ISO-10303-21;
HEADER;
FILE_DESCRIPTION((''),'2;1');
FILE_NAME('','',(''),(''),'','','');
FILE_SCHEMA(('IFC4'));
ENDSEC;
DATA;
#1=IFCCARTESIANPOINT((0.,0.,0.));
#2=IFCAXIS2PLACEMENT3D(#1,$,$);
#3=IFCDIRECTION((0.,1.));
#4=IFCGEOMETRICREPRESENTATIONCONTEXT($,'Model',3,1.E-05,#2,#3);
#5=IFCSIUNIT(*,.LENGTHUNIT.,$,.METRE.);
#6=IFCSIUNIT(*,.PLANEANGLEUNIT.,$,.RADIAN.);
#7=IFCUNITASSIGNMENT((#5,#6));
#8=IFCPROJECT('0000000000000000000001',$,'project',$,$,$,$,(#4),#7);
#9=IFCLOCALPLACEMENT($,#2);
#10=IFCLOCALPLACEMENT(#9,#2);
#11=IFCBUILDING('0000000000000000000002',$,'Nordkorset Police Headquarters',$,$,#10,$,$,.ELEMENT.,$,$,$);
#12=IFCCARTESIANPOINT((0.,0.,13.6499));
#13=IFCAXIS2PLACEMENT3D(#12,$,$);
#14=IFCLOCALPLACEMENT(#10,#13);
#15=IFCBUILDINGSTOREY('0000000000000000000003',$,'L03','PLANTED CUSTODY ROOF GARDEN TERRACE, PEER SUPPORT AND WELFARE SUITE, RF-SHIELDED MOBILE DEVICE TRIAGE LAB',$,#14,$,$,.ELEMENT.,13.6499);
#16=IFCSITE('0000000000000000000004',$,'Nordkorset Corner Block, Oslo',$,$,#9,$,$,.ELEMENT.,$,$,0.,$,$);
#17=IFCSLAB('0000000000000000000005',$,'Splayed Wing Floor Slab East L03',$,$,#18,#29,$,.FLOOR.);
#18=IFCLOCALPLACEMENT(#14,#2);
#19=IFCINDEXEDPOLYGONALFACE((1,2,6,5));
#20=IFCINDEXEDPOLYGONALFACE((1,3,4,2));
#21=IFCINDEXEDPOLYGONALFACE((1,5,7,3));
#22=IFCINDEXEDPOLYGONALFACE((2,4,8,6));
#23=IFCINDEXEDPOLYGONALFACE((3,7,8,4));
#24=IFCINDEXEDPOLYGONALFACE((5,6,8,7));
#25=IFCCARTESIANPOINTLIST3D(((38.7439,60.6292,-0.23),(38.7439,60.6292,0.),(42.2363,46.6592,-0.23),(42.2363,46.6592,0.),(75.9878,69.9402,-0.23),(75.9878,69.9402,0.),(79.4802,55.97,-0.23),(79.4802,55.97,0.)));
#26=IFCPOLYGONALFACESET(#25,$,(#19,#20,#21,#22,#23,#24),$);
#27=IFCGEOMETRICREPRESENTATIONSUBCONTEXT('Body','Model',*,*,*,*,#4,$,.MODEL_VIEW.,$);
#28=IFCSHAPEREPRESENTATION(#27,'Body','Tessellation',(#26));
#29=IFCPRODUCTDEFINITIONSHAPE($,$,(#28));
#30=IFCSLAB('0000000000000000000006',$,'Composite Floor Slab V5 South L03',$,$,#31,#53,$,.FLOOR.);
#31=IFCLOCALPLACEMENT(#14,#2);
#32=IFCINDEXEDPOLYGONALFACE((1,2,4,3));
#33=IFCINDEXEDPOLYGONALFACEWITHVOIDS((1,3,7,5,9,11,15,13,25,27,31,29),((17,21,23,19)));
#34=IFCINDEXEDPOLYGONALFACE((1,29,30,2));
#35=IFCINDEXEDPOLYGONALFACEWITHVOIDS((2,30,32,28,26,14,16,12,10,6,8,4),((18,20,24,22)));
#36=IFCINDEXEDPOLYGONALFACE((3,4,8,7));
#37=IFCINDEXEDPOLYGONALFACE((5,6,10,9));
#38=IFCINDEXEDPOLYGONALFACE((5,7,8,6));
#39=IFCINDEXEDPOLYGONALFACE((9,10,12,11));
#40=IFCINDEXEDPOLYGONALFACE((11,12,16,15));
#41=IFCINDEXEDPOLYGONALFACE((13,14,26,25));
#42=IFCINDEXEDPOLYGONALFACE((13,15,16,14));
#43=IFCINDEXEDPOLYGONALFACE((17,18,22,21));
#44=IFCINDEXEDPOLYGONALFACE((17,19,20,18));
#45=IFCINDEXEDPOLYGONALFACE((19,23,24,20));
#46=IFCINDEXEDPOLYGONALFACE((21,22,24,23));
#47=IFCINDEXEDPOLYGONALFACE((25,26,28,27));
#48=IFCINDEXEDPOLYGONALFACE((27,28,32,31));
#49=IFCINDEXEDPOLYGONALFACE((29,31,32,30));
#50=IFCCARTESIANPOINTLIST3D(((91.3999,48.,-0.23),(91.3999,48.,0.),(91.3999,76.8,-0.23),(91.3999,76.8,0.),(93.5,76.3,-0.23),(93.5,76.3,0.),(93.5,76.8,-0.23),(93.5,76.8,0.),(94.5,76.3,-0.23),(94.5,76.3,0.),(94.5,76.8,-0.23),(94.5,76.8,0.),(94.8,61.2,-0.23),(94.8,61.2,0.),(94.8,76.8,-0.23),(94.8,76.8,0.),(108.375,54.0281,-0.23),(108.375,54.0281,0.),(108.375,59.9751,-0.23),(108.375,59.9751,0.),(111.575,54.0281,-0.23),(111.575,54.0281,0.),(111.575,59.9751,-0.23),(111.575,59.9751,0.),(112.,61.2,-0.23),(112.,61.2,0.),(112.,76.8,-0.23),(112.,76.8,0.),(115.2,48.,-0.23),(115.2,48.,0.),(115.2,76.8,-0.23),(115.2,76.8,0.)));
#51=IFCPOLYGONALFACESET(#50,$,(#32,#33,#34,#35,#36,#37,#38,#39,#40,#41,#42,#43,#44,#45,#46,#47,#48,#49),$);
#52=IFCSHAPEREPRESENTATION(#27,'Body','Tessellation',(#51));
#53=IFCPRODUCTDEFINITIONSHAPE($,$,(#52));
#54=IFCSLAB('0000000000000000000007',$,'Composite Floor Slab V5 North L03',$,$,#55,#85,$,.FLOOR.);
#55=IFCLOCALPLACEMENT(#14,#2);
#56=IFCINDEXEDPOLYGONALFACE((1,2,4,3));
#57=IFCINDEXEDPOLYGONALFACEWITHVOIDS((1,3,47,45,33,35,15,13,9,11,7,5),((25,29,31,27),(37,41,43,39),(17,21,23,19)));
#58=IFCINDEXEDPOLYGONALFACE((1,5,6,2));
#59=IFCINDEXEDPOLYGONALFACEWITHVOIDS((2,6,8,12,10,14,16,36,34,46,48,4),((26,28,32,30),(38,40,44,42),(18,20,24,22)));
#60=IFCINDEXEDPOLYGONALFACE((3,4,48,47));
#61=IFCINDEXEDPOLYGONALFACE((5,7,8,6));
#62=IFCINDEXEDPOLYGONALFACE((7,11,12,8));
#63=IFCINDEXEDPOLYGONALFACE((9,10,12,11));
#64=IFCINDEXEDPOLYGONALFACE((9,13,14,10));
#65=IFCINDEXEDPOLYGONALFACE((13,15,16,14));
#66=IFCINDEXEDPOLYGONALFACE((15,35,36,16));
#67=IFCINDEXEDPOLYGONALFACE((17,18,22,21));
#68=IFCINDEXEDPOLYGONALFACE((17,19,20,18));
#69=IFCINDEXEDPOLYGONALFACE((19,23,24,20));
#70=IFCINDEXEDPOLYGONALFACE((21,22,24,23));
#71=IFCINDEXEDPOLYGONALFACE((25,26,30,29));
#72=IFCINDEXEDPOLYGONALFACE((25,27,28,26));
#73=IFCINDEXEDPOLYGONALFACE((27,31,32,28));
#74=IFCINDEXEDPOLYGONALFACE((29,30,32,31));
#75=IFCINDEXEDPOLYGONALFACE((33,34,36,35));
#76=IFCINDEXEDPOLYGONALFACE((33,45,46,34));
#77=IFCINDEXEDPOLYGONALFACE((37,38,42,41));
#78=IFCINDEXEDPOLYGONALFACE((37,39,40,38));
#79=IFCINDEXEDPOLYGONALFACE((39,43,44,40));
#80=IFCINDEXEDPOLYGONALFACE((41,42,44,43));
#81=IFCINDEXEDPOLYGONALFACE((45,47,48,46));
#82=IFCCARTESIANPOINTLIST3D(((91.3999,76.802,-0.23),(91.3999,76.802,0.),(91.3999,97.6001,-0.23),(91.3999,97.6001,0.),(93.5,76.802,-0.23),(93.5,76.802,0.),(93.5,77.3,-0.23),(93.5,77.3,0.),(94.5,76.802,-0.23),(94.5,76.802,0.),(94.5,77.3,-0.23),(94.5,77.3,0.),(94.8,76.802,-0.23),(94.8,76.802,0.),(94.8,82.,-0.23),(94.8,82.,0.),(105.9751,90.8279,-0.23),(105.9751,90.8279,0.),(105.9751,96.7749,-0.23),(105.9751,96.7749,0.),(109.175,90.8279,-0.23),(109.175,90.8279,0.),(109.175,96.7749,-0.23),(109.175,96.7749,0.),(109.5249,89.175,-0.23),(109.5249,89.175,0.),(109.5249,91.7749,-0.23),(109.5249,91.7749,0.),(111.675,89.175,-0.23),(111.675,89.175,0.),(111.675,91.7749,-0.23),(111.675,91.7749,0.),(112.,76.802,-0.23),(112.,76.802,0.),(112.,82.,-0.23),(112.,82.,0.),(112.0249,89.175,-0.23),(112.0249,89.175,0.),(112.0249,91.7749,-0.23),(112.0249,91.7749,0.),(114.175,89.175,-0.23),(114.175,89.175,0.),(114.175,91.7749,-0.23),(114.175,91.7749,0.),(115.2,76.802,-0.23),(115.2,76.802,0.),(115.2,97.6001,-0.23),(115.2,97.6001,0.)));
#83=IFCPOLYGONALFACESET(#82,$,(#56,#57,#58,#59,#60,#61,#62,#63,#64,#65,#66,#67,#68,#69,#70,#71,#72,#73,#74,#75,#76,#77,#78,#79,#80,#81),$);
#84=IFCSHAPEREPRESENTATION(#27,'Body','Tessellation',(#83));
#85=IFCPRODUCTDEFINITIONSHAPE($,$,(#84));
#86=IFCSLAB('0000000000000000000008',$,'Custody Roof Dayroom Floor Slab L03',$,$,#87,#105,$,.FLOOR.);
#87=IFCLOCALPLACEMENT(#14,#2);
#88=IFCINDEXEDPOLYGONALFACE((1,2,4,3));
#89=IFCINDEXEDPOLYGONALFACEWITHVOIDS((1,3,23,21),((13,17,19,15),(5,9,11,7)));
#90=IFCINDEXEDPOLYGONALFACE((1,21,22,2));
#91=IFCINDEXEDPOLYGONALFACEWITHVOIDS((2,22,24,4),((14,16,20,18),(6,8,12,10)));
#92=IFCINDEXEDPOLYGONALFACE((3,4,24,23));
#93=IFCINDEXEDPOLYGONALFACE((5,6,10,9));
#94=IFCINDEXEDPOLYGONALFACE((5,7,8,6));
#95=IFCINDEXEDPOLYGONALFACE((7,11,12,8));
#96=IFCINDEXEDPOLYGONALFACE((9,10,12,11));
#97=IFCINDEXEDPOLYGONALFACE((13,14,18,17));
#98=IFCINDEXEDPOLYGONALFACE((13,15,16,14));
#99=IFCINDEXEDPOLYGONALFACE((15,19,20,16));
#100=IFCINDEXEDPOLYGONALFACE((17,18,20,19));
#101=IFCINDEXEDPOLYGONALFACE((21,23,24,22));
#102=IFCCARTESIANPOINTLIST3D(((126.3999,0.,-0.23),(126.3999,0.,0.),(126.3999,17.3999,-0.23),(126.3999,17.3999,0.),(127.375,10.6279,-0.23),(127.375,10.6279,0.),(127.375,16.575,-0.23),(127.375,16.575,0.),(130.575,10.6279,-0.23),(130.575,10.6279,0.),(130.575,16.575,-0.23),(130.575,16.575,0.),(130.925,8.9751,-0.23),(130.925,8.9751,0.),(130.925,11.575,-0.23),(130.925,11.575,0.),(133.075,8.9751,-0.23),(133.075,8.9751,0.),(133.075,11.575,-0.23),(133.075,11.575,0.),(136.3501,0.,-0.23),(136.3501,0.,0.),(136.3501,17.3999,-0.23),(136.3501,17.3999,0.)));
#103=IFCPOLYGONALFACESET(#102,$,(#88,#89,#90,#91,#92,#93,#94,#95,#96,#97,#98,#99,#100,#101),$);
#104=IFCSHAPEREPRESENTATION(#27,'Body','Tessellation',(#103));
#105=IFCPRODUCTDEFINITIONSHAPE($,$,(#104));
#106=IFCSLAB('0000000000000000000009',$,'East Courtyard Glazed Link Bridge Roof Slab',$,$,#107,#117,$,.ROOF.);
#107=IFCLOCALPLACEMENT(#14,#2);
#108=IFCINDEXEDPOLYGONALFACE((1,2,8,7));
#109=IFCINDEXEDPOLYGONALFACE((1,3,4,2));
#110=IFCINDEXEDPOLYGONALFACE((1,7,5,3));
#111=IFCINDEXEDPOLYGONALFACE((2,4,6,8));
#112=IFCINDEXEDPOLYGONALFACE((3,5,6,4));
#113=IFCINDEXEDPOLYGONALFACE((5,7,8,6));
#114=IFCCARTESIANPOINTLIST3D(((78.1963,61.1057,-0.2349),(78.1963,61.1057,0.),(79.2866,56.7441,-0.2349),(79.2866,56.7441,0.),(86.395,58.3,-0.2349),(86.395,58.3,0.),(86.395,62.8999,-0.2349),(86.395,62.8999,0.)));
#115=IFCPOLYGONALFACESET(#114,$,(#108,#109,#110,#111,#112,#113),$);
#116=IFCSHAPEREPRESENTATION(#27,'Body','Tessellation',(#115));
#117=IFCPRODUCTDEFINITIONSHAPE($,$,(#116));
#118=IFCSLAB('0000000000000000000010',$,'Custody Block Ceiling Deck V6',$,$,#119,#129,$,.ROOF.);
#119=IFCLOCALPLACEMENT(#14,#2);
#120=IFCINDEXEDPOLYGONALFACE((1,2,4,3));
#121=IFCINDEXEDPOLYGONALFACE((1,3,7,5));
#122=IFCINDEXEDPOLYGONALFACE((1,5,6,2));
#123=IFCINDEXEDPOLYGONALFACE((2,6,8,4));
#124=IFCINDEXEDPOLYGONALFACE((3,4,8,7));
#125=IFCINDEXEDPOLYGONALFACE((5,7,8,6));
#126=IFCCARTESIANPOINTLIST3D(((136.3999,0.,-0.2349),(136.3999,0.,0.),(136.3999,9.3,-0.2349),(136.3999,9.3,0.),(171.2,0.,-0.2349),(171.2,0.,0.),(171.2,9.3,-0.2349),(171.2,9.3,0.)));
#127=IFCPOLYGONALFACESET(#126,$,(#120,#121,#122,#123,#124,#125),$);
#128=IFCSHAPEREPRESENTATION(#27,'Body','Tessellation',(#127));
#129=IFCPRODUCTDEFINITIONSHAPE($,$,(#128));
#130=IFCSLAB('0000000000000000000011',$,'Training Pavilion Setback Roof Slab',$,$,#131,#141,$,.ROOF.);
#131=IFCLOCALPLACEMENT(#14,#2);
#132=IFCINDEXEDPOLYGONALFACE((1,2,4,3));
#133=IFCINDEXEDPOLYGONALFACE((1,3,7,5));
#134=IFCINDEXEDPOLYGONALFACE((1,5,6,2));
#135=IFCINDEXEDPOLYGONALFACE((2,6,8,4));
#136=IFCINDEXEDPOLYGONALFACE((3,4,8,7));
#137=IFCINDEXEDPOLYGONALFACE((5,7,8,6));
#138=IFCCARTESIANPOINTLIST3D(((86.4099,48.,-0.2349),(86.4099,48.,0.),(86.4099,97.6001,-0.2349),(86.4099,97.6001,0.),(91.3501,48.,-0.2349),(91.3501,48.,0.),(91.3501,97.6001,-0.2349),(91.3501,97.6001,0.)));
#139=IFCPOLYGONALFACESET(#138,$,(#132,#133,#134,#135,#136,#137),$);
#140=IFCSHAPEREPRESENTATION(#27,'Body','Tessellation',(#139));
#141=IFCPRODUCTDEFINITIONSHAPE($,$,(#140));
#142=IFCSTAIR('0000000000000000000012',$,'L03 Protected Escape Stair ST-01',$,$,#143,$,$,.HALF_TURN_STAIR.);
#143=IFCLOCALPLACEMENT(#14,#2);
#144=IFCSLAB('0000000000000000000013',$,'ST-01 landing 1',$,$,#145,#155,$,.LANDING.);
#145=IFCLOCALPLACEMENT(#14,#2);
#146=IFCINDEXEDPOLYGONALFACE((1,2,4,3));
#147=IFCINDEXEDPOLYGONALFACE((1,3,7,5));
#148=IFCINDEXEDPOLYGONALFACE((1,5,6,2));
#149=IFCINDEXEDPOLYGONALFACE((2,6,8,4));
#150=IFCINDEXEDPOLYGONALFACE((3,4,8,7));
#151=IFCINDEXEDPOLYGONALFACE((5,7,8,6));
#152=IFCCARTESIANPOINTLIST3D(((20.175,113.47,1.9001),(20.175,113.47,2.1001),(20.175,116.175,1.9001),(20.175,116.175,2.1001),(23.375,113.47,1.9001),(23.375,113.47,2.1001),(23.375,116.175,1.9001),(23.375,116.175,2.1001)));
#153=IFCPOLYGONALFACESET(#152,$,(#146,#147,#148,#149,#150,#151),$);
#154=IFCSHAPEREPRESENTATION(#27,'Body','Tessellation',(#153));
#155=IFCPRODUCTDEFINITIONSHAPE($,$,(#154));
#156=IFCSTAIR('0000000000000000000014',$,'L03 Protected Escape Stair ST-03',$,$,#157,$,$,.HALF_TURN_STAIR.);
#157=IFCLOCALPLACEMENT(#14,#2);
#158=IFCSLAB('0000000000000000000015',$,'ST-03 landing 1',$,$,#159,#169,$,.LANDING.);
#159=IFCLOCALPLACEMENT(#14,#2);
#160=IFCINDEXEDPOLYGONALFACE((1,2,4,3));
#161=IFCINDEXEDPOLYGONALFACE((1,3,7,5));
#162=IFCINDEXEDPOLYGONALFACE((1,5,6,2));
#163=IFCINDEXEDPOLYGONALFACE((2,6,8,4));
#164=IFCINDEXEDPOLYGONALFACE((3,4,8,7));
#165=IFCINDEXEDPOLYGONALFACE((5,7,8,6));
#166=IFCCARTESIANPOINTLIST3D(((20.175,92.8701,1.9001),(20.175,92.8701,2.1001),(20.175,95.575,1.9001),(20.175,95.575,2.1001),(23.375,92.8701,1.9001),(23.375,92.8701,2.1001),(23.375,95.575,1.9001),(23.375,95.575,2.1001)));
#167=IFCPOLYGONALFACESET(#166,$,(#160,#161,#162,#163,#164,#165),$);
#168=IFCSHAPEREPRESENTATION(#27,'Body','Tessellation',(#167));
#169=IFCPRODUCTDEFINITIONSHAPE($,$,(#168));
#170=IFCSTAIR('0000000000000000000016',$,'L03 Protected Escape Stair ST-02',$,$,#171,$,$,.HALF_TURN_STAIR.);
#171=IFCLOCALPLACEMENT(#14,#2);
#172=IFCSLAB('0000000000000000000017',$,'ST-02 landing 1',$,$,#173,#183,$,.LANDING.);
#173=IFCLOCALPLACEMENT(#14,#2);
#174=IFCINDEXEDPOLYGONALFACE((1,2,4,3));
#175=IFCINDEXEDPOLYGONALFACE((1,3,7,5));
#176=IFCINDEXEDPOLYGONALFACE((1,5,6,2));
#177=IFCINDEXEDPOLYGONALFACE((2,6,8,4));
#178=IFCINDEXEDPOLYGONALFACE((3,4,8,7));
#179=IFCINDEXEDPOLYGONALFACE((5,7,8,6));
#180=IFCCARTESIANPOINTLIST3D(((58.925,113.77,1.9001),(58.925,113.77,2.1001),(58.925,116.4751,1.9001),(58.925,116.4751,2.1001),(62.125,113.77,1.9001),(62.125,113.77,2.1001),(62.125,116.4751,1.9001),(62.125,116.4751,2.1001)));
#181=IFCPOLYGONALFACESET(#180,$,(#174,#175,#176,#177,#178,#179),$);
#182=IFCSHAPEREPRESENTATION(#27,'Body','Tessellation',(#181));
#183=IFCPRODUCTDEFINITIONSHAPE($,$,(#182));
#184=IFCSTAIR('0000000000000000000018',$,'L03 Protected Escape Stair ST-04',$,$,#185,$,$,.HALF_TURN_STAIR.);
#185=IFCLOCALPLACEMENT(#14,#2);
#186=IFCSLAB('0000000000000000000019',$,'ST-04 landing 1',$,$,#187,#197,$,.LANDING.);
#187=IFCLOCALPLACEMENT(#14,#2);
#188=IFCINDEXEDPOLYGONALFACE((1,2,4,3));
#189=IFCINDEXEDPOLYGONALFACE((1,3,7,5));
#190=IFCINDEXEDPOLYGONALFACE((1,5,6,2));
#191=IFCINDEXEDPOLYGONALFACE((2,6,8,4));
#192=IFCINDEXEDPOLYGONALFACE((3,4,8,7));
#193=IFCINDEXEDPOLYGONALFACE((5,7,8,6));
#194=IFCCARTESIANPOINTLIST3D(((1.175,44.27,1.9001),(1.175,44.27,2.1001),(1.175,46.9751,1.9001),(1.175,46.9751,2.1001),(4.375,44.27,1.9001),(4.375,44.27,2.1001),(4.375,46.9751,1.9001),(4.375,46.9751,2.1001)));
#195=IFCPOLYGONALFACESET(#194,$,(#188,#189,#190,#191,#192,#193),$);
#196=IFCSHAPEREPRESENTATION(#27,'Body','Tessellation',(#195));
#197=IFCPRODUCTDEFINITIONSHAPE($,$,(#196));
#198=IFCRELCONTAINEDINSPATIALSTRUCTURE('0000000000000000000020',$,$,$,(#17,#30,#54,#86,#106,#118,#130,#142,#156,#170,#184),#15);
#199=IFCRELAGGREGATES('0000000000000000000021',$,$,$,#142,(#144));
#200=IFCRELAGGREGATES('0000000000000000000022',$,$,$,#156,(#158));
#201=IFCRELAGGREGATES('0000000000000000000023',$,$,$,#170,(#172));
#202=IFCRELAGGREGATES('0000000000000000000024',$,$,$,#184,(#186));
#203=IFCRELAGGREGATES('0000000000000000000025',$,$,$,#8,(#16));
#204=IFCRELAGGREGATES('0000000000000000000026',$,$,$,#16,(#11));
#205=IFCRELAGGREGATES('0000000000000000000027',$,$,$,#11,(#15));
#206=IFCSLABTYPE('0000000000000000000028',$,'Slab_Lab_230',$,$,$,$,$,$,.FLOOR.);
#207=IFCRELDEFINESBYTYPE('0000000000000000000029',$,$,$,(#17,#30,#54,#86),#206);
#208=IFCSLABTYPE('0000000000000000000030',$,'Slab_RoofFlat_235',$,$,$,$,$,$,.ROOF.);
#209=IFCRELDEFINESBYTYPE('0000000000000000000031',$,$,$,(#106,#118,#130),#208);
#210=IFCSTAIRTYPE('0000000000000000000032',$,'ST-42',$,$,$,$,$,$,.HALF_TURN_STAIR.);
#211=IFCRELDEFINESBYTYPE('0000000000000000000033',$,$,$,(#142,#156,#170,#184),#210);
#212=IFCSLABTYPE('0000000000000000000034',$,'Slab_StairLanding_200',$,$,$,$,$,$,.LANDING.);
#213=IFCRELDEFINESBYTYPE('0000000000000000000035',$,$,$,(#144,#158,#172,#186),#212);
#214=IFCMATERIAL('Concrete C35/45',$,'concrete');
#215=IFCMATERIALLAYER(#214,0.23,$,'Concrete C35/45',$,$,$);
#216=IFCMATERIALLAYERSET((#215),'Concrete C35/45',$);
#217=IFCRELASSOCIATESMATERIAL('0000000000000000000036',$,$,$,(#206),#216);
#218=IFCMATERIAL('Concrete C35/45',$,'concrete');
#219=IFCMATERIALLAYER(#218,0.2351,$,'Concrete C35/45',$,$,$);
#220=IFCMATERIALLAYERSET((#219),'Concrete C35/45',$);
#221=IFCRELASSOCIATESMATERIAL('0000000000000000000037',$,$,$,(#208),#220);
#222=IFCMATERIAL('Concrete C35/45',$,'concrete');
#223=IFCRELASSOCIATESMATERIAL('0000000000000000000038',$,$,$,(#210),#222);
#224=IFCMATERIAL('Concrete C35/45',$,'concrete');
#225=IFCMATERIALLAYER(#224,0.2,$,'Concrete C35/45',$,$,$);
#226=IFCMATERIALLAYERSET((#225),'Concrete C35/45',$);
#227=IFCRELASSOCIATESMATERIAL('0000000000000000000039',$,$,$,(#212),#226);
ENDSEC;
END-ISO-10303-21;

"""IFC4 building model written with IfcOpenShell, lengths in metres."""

from ifc_helpers import new_model, si_unit, direction, frame, origin, place, context, subcontext, project, spatial, polyline, outline, extrude, material, layer, layer_set, type_object, element, aggregate, save


model = new_model("IFC4")

# Units and contexts
model_context = context("Model", 3, precision=1e-05, world=origin(), true_north=direction((0.0, 1.0)))
body_context = subcontext(model_context, "Body", "Model", "MODEL_VIEW")
ifc_project = project(units=[si_unit("LENGTHUNIT", "METRE"), si_unit("PLANEANGLEUNIT", "RADIAN")], contexts=[model_context])

# Site, building, storey
site_placement = place(None, origin())
site = spatial("IfcSite", under=ifc_project, at=site_placement, Name="Nordkorset Corner Block, Oslo", CompositionType="ELEMENT", RefElevation=0.0)
building_placement = place(site_placement, origin())
building = spatial("IfcBuilding", under=site, at=building_placement, Name="Nordkorset Police Headquarters", CompositionType="ELEMENT")
storey_placement = place(building_placement, frame((0.0, 0.0, 13.6499)))
storey = spatial("IfcBuildingStorey", under=building, at=storey_placement, Name="L03", Description="PLANTED CUSTODY ROOF GARDEN TERRACE, PEER SUPPORT AND WELFARE SUITE, RF-SHIELDED MOBILE DEVICE TRIAGE LAB", CompositionType="ELEMENT", Elevation=13.6499)

# Slabs
ifc_material_1 = material(Name="Concrete C35/45", Category="concrete")
ifc_layer_1 = layer(ifc_material_1, 0.23, Name="Concrete C35/45")
ifc_layer_set_1 = layer_set([ifc_layer_1], Name="Concrete C35/45")
slab_type_1 = type_object("IfcSlabType", Name="Slab_Lab_230", PredefinedType="FLOOR", material=ifc_layer_set_1)
slab_1_placement = place(storey_placement, frame((0.0, 0.0, -0.23)))
element("IfcSlab", 1, at=slab_1_placement, inside=storey, type_object=slab_type_1, Name="Splayed Wing Floor Slab East L03", PredefinedType="FLOOR", context=body_context, shape_type="SweptSolid", body=[
    extrude(outline(polyline([(42.2363, 46.6592), (79.4802, 55.97), (75.9878, 69.9402), (38.7439, 60.6292), (42.2363, 46.6592)])), origin(), (0.0, 0.0, 1.0), 0.23),
])
slab_2_placement = place(storey_placement, frame((0.0, 0.0, -0.23)))
element("IfcSlab", 2, at=slab_2_placement, inside=storey, type_object=slab_type_1, Name="Composite Floor Slab V5 South L03", PredefinedType="FLOOR", context=body_context, shape_type="SweptSolid", body=[
    extrude(outline(polyline([(115.2, 48.0), (91.3999, 48.0), (91.3999, 76.8), (93.5, 76.8), (93.5, 76.3), (94.5, 76.3), (94.5, 76.8), (94.8, 76.8), (94.8, 61.2), (112.0, 61.2), (112.0, 76.8), (115.2, 76.8), (115.2, 48.0)]), holes=[polyline([(111.575, 59.9751), (108.375, 59.9751), (108.375, 54.0281), (111.575, 54.0281), (111.575, 59.9751)])]), origin(), (0.0, 0.0, 1.0), 0.23),
])
slab_3_placement = place(storey_placement, frame((0.0, 0.0, -0.23)))
element("IfcSlab", 3, at=slab_3_placement, inside=storey, type_object=slab_type_1, Name="Composite Floor Slab V5 North L03", PredefinedType="FLOOR", context=body_context, shape_type="SweptSolid", body=[
    extrude(outline(polyline([(93.5, 76.802), (91.3999, 76.802), (91.3999, 97.6001), (115.2, 97.6001), (115.2, 76.802), (112.0, 76.802), (112.0, 82.0), (94.8, 82.0), (94.8, 76.802), (94.5, 76.802), (94.5, 77.3), (93.5, 77.3), (93.5, 76.802)]), holes=[polyline([(105.9751, 90.8279), (109.175, 90.8279), (109.175, 96.7749), (105.9751, 96.7749), (105.9751, 90.8279)]), polyline([(109.5249, 91.7749), (109.5249, 89.175), (111.675, 89.175), (111.675, 91.7749), (109.5249, 91.7749)]), polyline([(114.175, 91.7749), (112.0249, 91.7749), (112.0249, 89.175), (114.175, 89.175), (114.175, 91.7749)])]), origin(), (0.0, 0.0, 1.0), 0.23),
])
slab_4_placement = place(storey_placement, frame((0.0, 0.0, -0.23)))
element("IfcSlab", 4, at=slab_4_placement, inside=storey, type_object=slab_type_1, Name="Custody Roof Dayroom Floor Slab L03", PredefinedType="FLOOR", context=body_context, shape_type="SweptSolid", body=[
    extrude(outline(polyline([(136.3501, 17.3999), (136.3501, 0.0), (126.3999, 0.0), (126.3999, 17.3999), (136.3501, 17.3999)]), holes=[polyline([(127.375, 16.575), (127.375, 10.6279), (130.575, 10.6279), (130.575, 16.575), (127.375, 16.575)]), polyline([(133.075, 11.575), (130.925, 11.575), (130.925, 8.9751), (133.075, 8.9751), (133.075, 11.575)])]), origin(), (0.0, 0.0, 1.0), 0.23),
])
ifc_material_2 = material(Name="Concrete C35/45", Category="concrete")
ifc_layer_2 = layer(ifc_material_2, 0.2351, Name="Concrete C35/45")
ifc_layer_set_2 = layer_set([ifc_layer_2], Name="Concrete C35/45")
slab_type_2 = type_object("IfcSlabType", Name="Slab_RoofFlat_235", PredefinedType="ROOF", material=ifc_layer_set_2)
slab_5_placement = place(storey_placement, frame((0.0, 0.0, -0.2349)))
element("IfcSlab", 5, at=slab_5_placement, inside=storey, type_object=slab_type_2, Name="East Courtyard Glazed Link Bridge Roof Slab", PredefinedType="ROOF", context=body_context, shape_type="SweptSolid", body=[
    extrude(outline(polyline([(86.395, 62.8999), (86.395, 58.3), (79.2866, 56.7441), (78.1963, 61.1057), (86.395, 62.8999)])), origin(), (0.0, 0.0, 1.0), 0.2349),
])
slab_6_placement = place(storey_placement, frame((0.0, 0.0, -0.2349)))
element("IfcSlab", 6, at=slab_6_placement, inside=storey, type_object=slab_type_2, Name="Custody Block Ceiling Deck V6", PredefinedType="ROOF", context=body_context, shape_type="SweptSolid", body=[
    extrude(outline(polyline([(136.3999, 0.0), (171.2, 0.0), (171.2, 9.3), (136.3999, 9.3), (136.3999, 0.0)])), origin(), (0.0, 0.0, 1.0), 0.2349),
])
slab_7_placement = place(storey_placement, frame((0.0, 0.0, -0.2349)))
element("IfcSlab", 7, at=slab_7_placement, inside=storey, type_object=slab_type_2, Name="Training Pavilion Setback Roof Slab", PredefinedType="ROOF", context=body_context, shape_type="SweptSolid", body=[
    extrude(outline(polyline([(86.4099, 48.0), (91.3501, 48.0), (91.3501, 97.6001), (86.4099, 97.6001), (86.4099, 48.0)])), origin(), (0.0, 0.0, 1.0), 0.2349),
])

# Stairs, slabs
ifc_material_3 = material(Name="Concrete C35/45", Category="concrete")
stair_type = type_object("IfcStairType", Name="ST-42", PredefinedType="HALF_TURN_STAIR", material=ifc_material_3)
stair_1_placement = place(storey_placement, origin())
stair_1 = element("IfcStair", 8, at=stair_1_placement, inside=storey, type_object=stair_type, Name="L03 Protected Escape Stair ST-01", PredefinedType="HALF_TURN_STAIR")
ifc_material_4 = material(Name="Concrete C35/45", Category="concrete")
ifc_layer_3 = layer(ifc_material_4, 0.2, Name="Concrete C35/45")
ifc_layer_set_3 = layer_set([ifc_layer_3], Name="Concrete C35/45")
slab_type_3 = type_object("IfcSlabType", Name="Slab_StairLanding_200", PredefinedType="LANDING", material=ifc_layer_set_3)
slab_8_placement = place(storey_placement, frame((0.0, 0.0, 1.9001)))
slab_8 = element("IfcSlab", 9, at=slab_8_placement, type_object=slab_type_3, Name="ST-01 landing 1", PredefinedType="LANDING", context=body_context, shape_type="SweptSolid", body=[
    extrude(outline(polyline([(23.375, 113.47), (23.375, 116.175), (20.175, 116.175), (20.175, 113.47), (23.375, 113.47)])), origin(), (0.0, 0.0, 1.0), 0.2),
])
aggregate(stair_1, [slab_8])
stair_2_placement = place(storey_placement, origin())
stair_2 = element("IfcStair", 10, at=stair_2_placement, inside=storey, type_object=stair_type, Name="L03 Protected Escape Stair ST-03", PredefinedType="HALF_TURN_STAIR")
slab_9_placement = place(storey_placement, frame((0.0, 0.0, 1.9001)))
slab_9 = element("IfcSlab", 11, at=slab_9_placement, type_object=slab_type_3, Name="ST-03 landing 1", PredefinedType="LANDING", context=body_context, shape_type="SweptSolid", body=[
    extrude(outline(polyline([(23.375, 92.8701), (23.375, 95.575), (20.175, 95.575), (20.175, 92.8701), (23.375, 92.8701)])), origin(), (0.0, 0.0, 1.0), 0.2),
])
aggregate(stair_2, [slab_9])
stair_3_placement = place(storey_placement, origin())
stair_3 = element("IfcStair", 12, at=stair_3_placement, inside=storey, type_object=stair_type, Name="L03 Protected Escape Stair ST-02", PredefinedType="HALF_TURN_STAIR")
slab_10_placement = place(storey_placement, frame((0.0, 0.0, 1.9001)))
slab_10 = element("IfcSlab", 13, at=slab_10_placement, type_object=slab_type_3, Name="ST-02 landing 1", PredefinedType="LANDING", context=body_context, shape_type="SweptSolid", body=[
    extrude(outline(polyline([(62.125, 113.77), (62.125, 116.4751), (58.925, 116.4751), (58.925, 113.77), (62.125, 113.77)])), origin(), (0.0, 0.0, 1.0), 0.2),
])
aggregate(stair_3, [slab_10])
stair_4_placement = place(storey_placement, origin())
stair_4 = element("IfcStair", 14, at=stair_4_placement, inside=storey, type_object=stair_type, Name="L03 Protected Escape Stair ST-04", PredefinedType="HALF_TURN_STAIR")
slab_11_placement = place(storey_placement, frame((0.0, 0.0, 1.9001)))
slab_11 = element("IfcSlab", 15, at=slab_11_placement, type_object=slab_type_3, Name="ST-04 landing 1", PredefinedType="LANDING", context=body_context, shape_type="SweptSolid", body=[
    extrude(outline(polyline([(4.375, 44.27), (4.375, 46.9751), (1.175, 46.9751), (1.175, 44.27), (4.375, 44.27)])), origin(), (0.0, 0.0, 1.0), 0.2),
])
aggregate(stair_4, [slab_11])

save(model, "model.ifc")
